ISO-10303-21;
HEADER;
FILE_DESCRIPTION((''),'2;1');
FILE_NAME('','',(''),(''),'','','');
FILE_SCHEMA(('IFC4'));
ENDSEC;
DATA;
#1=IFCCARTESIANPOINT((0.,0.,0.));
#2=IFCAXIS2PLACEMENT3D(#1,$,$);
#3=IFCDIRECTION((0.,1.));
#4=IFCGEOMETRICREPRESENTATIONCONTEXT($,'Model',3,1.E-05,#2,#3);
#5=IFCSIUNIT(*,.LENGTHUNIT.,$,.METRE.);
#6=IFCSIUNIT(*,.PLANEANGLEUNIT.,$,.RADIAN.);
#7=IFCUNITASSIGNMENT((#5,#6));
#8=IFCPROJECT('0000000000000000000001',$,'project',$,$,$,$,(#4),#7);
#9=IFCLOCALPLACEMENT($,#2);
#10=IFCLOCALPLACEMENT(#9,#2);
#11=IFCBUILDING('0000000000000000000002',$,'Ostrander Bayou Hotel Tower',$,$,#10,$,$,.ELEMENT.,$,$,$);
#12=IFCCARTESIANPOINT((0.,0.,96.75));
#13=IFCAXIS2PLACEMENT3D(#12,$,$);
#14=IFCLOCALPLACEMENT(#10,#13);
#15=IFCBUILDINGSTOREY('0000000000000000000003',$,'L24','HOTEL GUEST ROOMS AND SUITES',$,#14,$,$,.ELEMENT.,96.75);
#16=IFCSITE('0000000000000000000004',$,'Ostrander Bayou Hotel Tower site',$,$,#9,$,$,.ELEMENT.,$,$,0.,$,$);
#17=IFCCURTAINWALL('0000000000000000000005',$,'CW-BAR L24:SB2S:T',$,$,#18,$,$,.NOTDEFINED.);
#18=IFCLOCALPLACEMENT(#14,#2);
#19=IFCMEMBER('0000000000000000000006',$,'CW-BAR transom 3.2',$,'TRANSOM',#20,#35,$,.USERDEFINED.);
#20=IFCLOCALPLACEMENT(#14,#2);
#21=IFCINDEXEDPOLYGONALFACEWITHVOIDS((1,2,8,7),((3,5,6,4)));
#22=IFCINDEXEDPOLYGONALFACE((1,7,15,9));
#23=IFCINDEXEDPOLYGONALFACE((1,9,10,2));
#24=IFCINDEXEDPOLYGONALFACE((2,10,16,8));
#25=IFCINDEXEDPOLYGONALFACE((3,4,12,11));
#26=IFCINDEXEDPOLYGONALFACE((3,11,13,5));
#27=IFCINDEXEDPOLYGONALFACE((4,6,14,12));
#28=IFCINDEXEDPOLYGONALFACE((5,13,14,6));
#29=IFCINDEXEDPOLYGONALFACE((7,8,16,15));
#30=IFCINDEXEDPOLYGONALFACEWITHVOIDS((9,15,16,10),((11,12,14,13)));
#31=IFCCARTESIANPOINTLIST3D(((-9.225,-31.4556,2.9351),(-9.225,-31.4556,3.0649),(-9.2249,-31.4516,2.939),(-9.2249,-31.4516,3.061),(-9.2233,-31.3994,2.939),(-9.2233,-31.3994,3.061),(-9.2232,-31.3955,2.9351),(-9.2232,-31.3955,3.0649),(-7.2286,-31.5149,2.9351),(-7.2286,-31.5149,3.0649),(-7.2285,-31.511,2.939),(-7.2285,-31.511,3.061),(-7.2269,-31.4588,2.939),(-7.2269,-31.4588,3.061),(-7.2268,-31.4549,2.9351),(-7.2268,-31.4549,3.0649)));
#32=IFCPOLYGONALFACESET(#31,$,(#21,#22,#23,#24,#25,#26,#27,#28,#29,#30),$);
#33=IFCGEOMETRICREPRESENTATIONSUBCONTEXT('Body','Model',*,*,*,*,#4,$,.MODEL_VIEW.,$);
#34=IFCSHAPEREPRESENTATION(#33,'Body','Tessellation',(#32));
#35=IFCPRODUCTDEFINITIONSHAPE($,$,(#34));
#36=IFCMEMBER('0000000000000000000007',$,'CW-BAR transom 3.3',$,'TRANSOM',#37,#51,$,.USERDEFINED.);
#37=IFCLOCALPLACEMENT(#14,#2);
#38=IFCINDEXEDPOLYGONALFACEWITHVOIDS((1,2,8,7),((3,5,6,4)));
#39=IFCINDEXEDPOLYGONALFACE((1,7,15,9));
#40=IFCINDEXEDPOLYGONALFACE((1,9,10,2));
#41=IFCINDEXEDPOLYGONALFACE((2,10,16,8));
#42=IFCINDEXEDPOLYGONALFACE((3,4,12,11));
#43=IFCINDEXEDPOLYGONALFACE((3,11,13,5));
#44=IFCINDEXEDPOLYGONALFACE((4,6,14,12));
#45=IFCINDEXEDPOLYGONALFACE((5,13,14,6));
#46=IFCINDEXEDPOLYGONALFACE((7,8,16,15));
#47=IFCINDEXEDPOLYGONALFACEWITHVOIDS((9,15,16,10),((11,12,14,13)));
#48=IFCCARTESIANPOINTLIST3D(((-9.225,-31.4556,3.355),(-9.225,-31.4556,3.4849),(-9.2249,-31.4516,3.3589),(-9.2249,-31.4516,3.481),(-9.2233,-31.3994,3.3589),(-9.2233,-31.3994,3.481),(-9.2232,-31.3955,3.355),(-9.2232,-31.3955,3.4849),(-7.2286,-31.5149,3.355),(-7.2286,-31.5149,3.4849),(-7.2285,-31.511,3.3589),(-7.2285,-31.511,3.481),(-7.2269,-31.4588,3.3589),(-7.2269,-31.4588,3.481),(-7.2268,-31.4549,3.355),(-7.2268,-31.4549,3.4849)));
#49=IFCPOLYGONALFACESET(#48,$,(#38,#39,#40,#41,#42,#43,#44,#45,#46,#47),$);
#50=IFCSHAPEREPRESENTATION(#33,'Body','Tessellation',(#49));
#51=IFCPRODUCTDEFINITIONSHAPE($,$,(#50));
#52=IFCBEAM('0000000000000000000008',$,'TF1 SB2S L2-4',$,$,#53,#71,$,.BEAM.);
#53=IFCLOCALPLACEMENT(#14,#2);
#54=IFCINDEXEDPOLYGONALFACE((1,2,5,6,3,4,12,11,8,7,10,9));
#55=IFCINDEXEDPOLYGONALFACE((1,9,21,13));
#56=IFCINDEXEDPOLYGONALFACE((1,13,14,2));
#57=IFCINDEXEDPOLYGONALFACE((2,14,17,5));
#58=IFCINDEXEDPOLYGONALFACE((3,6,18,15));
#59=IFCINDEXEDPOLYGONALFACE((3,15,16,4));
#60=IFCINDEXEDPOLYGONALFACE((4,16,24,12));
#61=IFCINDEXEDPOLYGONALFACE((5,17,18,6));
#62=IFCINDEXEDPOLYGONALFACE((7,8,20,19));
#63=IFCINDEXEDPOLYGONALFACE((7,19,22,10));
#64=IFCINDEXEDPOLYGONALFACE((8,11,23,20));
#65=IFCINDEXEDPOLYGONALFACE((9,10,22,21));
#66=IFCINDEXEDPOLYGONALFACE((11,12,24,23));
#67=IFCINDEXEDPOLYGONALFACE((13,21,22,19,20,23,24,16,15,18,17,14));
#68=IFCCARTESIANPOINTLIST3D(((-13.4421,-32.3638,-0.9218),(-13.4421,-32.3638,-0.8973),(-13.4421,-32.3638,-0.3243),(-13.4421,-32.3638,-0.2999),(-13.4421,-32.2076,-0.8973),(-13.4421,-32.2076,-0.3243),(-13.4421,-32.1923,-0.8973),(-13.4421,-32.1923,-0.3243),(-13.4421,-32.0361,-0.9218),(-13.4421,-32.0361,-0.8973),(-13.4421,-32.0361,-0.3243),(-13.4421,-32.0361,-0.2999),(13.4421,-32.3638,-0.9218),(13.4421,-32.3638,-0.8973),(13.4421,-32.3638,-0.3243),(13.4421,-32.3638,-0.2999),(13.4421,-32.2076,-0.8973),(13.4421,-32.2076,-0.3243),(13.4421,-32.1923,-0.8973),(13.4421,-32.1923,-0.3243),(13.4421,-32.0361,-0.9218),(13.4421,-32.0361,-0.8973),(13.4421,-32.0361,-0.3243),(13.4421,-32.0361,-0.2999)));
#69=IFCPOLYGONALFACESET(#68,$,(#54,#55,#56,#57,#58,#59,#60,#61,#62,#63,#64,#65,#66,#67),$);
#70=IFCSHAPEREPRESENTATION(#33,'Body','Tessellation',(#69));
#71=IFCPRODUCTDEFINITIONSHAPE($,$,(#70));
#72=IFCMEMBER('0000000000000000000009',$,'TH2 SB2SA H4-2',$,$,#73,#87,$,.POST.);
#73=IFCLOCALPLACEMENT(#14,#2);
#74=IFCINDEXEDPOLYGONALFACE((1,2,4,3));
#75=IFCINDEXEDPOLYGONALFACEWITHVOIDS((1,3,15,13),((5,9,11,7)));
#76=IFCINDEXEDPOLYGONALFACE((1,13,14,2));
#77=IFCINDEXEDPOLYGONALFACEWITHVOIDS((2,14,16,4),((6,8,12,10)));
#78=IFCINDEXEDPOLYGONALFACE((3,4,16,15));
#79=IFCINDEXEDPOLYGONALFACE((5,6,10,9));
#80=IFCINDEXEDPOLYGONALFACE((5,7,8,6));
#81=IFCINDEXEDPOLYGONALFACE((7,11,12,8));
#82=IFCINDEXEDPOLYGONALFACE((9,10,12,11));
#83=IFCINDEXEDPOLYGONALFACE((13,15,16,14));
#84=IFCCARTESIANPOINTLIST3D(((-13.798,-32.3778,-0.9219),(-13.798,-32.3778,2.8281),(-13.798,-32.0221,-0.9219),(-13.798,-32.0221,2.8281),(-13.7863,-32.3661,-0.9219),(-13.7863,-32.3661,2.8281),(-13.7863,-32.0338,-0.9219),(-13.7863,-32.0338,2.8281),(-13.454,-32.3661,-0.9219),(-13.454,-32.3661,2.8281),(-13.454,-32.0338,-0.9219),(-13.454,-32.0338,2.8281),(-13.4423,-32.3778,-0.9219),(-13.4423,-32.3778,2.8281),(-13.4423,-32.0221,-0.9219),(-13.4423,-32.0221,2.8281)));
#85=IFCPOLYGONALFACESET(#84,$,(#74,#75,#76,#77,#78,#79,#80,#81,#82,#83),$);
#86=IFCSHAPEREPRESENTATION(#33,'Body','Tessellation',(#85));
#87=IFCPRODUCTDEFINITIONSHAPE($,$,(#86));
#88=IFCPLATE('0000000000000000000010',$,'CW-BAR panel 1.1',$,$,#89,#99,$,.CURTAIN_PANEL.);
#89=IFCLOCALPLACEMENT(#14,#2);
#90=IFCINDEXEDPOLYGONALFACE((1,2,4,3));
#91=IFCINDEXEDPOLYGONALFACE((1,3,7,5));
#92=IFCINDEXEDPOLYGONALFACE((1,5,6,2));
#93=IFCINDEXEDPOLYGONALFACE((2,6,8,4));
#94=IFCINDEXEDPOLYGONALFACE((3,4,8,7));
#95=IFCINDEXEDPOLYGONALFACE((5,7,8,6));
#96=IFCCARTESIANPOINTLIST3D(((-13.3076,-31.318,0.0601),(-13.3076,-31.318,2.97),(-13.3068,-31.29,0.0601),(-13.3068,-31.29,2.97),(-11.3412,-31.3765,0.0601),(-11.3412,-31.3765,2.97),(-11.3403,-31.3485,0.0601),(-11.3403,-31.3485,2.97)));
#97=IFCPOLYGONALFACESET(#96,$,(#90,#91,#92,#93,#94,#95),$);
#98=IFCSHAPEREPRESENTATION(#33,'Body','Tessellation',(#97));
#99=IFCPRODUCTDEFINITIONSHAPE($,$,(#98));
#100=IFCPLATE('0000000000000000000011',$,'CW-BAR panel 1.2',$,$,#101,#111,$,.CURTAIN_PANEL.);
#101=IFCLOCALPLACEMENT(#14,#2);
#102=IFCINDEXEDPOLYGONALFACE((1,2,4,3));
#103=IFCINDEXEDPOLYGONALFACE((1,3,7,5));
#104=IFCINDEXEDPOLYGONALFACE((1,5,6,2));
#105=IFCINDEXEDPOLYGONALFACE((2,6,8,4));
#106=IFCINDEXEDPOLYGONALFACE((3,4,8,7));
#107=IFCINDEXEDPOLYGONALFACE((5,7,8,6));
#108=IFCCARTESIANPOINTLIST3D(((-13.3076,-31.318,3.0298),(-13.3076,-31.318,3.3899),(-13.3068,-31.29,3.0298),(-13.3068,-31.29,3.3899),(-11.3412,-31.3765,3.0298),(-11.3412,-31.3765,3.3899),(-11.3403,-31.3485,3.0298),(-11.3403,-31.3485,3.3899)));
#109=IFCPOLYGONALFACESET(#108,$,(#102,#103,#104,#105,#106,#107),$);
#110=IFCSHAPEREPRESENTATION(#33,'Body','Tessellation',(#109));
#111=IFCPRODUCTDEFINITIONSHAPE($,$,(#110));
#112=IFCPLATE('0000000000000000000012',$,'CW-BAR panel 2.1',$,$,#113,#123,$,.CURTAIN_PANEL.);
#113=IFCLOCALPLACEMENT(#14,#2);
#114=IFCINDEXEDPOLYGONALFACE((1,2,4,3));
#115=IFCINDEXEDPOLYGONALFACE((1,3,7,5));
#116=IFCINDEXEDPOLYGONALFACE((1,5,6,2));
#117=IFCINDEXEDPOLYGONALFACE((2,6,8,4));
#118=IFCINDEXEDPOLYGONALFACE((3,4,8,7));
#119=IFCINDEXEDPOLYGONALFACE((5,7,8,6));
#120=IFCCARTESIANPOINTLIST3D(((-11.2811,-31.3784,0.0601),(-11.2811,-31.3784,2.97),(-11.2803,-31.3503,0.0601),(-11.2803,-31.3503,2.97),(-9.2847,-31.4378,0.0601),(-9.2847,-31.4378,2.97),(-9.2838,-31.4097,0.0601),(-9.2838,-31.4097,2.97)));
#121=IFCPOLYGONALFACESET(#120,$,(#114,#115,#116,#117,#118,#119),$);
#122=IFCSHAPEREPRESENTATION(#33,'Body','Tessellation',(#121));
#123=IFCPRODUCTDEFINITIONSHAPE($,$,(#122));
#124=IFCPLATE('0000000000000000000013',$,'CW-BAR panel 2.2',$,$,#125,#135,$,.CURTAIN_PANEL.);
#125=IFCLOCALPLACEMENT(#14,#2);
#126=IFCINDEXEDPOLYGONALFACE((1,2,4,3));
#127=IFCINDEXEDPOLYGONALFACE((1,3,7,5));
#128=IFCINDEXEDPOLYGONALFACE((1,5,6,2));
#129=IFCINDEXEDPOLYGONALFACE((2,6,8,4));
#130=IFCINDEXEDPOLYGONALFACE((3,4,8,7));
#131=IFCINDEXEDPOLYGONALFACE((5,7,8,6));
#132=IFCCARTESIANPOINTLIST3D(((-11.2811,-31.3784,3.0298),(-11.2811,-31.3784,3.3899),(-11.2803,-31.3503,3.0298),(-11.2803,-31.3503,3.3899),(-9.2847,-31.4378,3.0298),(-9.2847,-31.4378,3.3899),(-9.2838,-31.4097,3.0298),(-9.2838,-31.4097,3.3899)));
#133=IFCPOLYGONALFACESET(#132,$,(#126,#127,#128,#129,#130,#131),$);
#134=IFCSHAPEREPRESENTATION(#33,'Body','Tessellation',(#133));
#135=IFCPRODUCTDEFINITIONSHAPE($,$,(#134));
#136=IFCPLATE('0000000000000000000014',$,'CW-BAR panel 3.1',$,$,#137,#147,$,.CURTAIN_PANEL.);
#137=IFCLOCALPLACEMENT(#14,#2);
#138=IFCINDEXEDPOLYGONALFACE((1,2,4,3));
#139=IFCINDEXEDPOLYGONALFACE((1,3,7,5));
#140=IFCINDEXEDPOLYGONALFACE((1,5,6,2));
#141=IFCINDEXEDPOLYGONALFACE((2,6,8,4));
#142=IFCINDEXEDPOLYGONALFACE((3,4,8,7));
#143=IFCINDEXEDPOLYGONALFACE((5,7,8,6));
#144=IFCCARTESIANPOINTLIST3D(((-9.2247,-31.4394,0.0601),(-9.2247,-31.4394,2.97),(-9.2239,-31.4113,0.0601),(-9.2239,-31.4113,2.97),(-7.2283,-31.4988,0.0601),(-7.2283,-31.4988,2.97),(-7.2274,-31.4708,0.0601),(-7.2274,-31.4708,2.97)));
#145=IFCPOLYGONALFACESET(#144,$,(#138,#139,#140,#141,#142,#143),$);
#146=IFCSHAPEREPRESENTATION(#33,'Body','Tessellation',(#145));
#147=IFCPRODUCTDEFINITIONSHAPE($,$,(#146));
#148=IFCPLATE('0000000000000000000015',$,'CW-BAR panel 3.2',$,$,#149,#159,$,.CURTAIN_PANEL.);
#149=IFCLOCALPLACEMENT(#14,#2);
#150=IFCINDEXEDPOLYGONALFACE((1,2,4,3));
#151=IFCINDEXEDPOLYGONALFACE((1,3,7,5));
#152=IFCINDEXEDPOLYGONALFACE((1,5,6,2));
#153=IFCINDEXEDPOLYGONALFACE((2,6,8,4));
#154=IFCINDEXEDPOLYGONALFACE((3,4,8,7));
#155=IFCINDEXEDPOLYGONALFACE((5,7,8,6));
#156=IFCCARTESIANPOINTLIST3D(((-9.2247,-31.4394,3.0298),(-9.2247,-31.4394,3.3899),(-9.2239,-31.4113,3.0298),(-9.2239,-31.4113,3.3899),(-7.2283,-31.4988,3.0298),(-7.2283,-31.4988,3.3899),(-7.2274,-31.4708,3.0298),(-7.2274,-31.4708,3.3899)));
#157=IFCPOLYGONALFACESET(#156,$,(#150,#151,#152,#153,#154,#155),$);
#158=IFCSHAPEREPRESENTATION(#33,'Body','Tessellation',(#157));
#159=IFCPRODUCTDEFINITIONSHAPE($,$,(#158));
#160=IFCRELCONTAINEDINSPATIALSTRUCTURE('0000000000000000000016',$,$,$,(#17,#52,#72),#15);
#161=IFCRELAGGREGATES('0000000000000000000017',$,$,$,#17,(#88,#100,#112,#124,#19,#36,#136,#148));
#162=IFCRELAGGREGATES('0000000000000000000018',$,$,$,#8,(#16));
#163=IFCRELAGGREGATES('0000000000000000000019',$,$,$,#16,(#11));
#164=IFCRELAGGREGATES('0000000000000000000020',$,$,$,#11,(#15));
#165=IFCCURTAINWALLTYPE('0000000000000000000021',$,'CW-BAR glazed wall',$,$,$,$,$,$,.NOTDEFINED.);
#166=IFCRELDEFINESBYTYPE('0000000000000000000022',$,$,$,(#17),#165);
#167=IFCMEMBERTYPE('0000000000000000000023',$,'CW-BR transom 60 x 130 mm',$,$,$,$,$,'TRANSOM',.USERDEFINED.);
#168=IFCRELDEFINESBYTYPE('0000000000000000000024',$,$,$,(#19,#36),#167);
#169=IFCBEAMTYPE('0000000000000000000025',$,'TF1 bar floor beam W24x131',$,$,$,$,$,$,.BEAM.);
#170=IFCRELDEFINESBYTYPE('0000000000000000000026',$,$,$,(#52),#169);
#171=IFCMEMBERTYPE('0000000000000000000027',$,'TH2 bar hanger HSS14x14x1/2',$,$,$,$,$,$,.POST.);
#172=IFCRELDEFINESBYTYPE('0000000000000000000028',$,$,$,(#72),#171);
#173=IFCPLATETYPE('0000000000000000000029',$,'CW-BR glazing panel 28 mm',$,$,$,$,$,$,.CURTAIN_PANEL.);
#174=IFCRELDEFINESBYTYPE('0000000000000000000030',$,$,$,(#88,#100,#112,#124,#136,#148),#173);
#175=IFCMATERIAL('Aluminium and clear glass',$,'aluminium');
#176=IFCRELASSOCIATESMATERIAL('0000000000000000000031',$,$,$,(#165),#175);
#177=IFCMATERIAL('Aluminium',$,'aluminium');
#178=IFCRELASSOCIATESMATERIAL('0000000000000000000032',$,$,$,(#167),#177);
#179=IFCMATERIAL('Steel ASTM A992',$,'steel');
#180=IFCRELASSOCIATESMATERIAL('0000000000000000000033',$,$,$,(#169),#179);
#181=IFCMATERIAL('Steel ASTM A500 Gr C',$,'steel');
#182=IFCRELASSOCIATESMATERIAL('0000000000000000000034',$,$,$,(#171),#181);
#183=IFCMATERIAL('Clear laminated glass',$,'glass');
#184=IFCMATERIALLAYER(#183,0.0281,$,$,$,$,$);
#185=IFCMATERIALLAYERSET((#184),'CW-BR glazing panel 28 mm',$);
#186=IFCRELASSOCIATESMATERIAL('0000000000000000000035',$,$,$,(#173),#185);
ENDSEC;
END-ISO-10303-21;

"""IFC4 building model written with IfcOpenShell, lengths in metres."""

from ifc_helpers import new_model, si_unit, direction, frame, origin, origin_2d, place, context, subcontext, project, spatial, rectangle, hollow_rectangle, i_section, extrude, material, layer, layer_set, material_profile, profile_set, type_object, element, aggregate, save


model = new_model("IFC4")

# Units and contexts
model_context = context("Model", 3, precision=1e-05, world=origin(), true_north=direction((0.0, 1.0)))
body_context = subcontext(model_context, "Body", "Model", "MODEL_VIEW")
ifc_project = project(units=[si_unit("LENGTHUNIT", "METRE"), si_unit("PLANEANGLEUNIT", "RADIAN")], contexts=[model_context])

# Site, building, storey
site_placement = place(None, origin())
site = spatial("IfcSite", under=ifc_project, at=site_placement, Name="Ostrander Bayou Hotel Tower site", CompositionType="ELEMENT", RefElevation=0.0)
building_placement = place(site_placement, origin())
building = spatial("IfcBuilding", under=site, at=building_placement, Name="Ostrander Bayou Hotel Tower", CompositionType="ELEMENT")
storey_placement = place(building_placement, frame((0.0, 0.0, 96.75)))
storey = spatial("IfcBuildingStorey", under=building, at=storey_placement, Name="L24", Description="HOTEL GUEST ROOMS AND SUITES", CompositionType="ELEMENT", Elevation=96.75)

# Curtain wall, members
ifc_material_1 = material(Name="Aluminium and clear glass", Category="aluminium")
curtain_wall_type = type_object("IfcCurtainWallType", Name="CW-BAR glazed wall", PredefinedType="NOTDEFINED", material=ifc_material_1)
curtain_wall_placement = place(storey_placement, origin())
curtain_wall = element("IfcCurtainWall", 1, at=curtain_wall_placement, inside=storey, type_object=curtain_wall_type, Name="CW-BAR L24:SB2S:T", PredefinedType="NOTDEFINED")
ifc_material_2 = material(Name="Aluminium", Category="aluminium")
ifc_material_profile_1 = material_profile(ifc_material_2, hollow_rectangle(XDim=0.0601, YDim=0.1299, WallThickness=0.0039, at=origin_2d()))
ifc_profile_set_1 = profile_set([ifc_material_profile_1], Name="Aluminium")
member_type_1 = type_object("IfcMemberType", Name="CW-BR transom 60 x 130 mm", ElementType="TRANSOM", PredefinedType="USERDEFINED", material=ifc_profile_set_1)
member_1_placement = place(storey_placement, frame((-9.2241, -31.4255, 3.0), z_axis=(0.999559, -0.029704, 0.0), x_axis=(0.029704, 0.999559, 0.0)))
member_1 = element("IfcMember", 2, at=member_1_placement, type_object=member_type_1, Name="CW-BAR transom 3.2", ObjectType="TRANSOM", PredefinedType="USERDEFINED", context=body_context, shape_type="SweptSolid", body=[
    extrude(hollow_rectangle(XDim=0.0601, YDim=0.1299, WallThickness=0.0039, at=origin_2d()), origin(), (0.0, 0.0, 1.0), 1.9973),
])
member_2_placement = place(storey_placement, frame((-9.2241, -31.4255, 3.4199), z_axis=(0.999559, -0.029704, 0.0), x_axis=(0.029704, 0.999559, 0.0)))
member_2 = element("IfcMember", 3, at=member_2_placement, type_object=member_type_1, Name="CW-BAR transom 3.3", ObjectType="TRANSOM", PredefinedType="USERDEFINED", context=body_context, shape_type="SweptSolid", body=[
    extrude(hollow_rectangle(XDim=0.0601, YDim=0.1299, WallThickness=0.0039, at=origin_2d()), origin(), (0.0, 0.0, 1.0), 1.9973),
])

# Beam
ifc_material_3 = material(Name="Steel ASTM A992", Category="steel")
ifc_material_profile_2 = material_profile(ifc_material_3, i_section(OverallWidth=0.3276, OverallDepth=0.6218, WebThickness=0.0154, FlangeThickness=0.0244, at=origin_2d()))
ifc_profile_set_2 = profile_set([ifc_material_profile_2], Name="Steel ASTM A992")
beam_type = type_object("IfcBeamType", Name="TF1 bar floor beam W24x131", PredefinedType="BEAM", material=ifc_profile_set_2)
beam_placement = place(storey_placement, frame((-13.4421, -32.2, -0.6108), z_axis=(1.0, 0.0, 0.0), x_axis=(0.0, 1.0, 0.0)))
element("IfcBeam", 4, at=beam_placement, inside=storey, type_object=beam_type, Name="TF1 SB2S L2-4", PredefinedType="BEAM", context=body_context, shape_type="SweptSolid", body=[
    extrude(i_section(OverallWidth=0.3276, OverallDepth=0.6218, WebThickness=0.0154, FlangeThickness=0.0244, at=origin_2d()), origin(), (0.0, 0.0, 1.0), 26.8843),
])

# Member
ifc_material_4 = material(Name="Steel ASTM A500 Gr C", Category="steel")
ifc_material_profile_3 = material_profile(ifc_material_4, hollow_rectangle(XDim=0.3557, YDim=0.3557, WallThickness=0.0117, at=origin_2d()))
ifc_profile_set_3 = profile_set([ifc_material_profile_3], Name="Steel ASTM A500 Gr C")
member_type_2 = type_object("IfcMemberType", Name="TH2 bar hanger HSS14x14x1/2", PredefinedType="POST", material=ifc_profile_set_3)
member_3_placement = place(storey_placement, frame((-13.6201, -32.2, -0.9219), z_axis=(0.0, 0.0, 1.0), x_axis=(1.0, 0.0, 0.0)))
element("IfcMember", 5, at=member_3_placement, inside=storey, type_object=member_type_2, Name="TH2 SB2SA H4-2", PredefinedType="POST", context=body_context, shape_type="SweptSolid", body=[
    extrude(hollow_rectangle(XDim=0.3557, YDim=0.3557, WallThickness=0.0117, at=origin_2d()), origin(), (0.0, 0.0, 1.0), 3.75),
])

# Plates
ifc_material_5 = material(Name="Clear laminated glass", Category="glass")
ifc_layer = layer(ifc_material_5, 0.0281)
ifc_layer_set = layer_set([ifc_layer], Name="CW-BR glazing panel 28 mm")
plate_type = type_object("IfcPlateType", Name="CW-BR glazing panel 28 mm", PredefinedType="CURTAIN_PANEL", material=ifc_layer_set)
plate_1_placement = place(storey_placement, frame((-12.324, -31.3333, 0.0601), z_axis=(0.0, 0.0, 1.0), x_axis=(0.999557, -0.029746, 0.0)))
plate_1 = element("IfcPlate", 6, at=plate_1_placement, type_object=plate_type, Name="CW-BAR panel 1.1", PredefinedType="CURTAIN_PANEL", context=body_context, shape_type="SweptSolid", body=[
    extrude(rectangle(XDim=1.9673, YDim=0.0281, at=origin_2d()), origin(), (0.0, 0.0, 1.0), 2.9099),
])
plate_2_placement = place(storey_placement, frame((-12.324, -31.3333, 3.0298), z_axis=(0.0, 0.0, 1.0), x_axis=(0.999557, -0.029746, 0.0)))
plate_2 = element("IfcPlate", 7, at=plate_2_placement, type_object=plate_type, Name="CW-BAR panel 1.2", PredefinedType="CURTAIN_PANEL", context=body_context, shape_type="SweptSolid", body=[
    extrude(rectangle(XDim=1.9673, YDim=0.0281, at=origin_2d()), origin(), (0.0, 0.0, 1.0), 0.3601),
])
plate_3_placement = place(storey_placement, frame((-10.2825, -31.394, 0.0601), z_axis=(0.0, 0.0, 1.0), x_axis=(0.999557, -0.029746, 0.0)))
plate_3 = element("IfcPlate", 8, at=plate_3_placement, type_object=plate_type, Name="CW-BAR panel 2.1", PredefinedType="CURTAIN_PANEL", context=body_context, shape_type="SweptSolid", body=[
    extrude(rectangle(XDim=1.9973, YDim=0.0281, at=origin_2d()), origin(), (0.0, 0.0, 1.0), 2.9099),
])
plate_4_placement = place(storey_placement, frame((-10.2825, -31.394, 3.0298), z_axis=(0.0, 0.0, 1.0), x_axis=(0.999557, -0.029746, 0.0)))
plate_4 = element("IfcPlate", 9, at=plate_4_placement, type_object=plate_type, Name="CW-BAR panel 2.2", PredefinedType="CURTAIN_PANEL", context=body_context, shape_type="SweptSolid", body=[
    extrude(rectangle(XDim=1.9973, YDim=0.0281, at=origin_2d()), origin(), (0.0, 0.0, 1.0), 0.3601),
])
plate_5_placement = place(storey_placement, frame((-8.2261, -31.4551, 0.0601), z_axis=(0.0, 0.0, 1.0), x_axis=(0.999557, -0.029746, 0.0)))
plate_5 = element("IfcPlate", 10, at=plate_5_placement, type_object=plate_type, Name="CW-BAR panel 3.1", PredefinedType="CURTAIN_PANEL", context=body_context, shape_type="SweptSolid", body=[
    extrude(rectangle(XDim=1.9973, YDim=0.0281, at=origin_2d()), origin(), (0.0, 0.0, 1.0), 2.9099),
])
plate_6_placement = place(storey_placement, frame((-8.2261, -31.4551, 3.0298), z_axis=(0.0, 0.0, 1.0), x_axis=(0.999557, -0.029746, 0.0)))
plate_6 = element("IfcPlate", 11, at=plate_6_placement, type_object=plate_type, Name="CW-BAR panel 3.2", PredefinedType="CURTAIN_PANEL", context=body_context, shape_type="SweptSolid", body=[
    extrude(rectangle(XDim=1.9973, YDim=0.0281, at=origin_2d()), origin(), (0.0, 0.0, 1.0), 0.3601),
])
aggregate(curtain_wall, [plate_1, plate_2, plate_3, plate_4, member_1, member_2, plate_5, plate_6])

save(model, "model.ifc")
